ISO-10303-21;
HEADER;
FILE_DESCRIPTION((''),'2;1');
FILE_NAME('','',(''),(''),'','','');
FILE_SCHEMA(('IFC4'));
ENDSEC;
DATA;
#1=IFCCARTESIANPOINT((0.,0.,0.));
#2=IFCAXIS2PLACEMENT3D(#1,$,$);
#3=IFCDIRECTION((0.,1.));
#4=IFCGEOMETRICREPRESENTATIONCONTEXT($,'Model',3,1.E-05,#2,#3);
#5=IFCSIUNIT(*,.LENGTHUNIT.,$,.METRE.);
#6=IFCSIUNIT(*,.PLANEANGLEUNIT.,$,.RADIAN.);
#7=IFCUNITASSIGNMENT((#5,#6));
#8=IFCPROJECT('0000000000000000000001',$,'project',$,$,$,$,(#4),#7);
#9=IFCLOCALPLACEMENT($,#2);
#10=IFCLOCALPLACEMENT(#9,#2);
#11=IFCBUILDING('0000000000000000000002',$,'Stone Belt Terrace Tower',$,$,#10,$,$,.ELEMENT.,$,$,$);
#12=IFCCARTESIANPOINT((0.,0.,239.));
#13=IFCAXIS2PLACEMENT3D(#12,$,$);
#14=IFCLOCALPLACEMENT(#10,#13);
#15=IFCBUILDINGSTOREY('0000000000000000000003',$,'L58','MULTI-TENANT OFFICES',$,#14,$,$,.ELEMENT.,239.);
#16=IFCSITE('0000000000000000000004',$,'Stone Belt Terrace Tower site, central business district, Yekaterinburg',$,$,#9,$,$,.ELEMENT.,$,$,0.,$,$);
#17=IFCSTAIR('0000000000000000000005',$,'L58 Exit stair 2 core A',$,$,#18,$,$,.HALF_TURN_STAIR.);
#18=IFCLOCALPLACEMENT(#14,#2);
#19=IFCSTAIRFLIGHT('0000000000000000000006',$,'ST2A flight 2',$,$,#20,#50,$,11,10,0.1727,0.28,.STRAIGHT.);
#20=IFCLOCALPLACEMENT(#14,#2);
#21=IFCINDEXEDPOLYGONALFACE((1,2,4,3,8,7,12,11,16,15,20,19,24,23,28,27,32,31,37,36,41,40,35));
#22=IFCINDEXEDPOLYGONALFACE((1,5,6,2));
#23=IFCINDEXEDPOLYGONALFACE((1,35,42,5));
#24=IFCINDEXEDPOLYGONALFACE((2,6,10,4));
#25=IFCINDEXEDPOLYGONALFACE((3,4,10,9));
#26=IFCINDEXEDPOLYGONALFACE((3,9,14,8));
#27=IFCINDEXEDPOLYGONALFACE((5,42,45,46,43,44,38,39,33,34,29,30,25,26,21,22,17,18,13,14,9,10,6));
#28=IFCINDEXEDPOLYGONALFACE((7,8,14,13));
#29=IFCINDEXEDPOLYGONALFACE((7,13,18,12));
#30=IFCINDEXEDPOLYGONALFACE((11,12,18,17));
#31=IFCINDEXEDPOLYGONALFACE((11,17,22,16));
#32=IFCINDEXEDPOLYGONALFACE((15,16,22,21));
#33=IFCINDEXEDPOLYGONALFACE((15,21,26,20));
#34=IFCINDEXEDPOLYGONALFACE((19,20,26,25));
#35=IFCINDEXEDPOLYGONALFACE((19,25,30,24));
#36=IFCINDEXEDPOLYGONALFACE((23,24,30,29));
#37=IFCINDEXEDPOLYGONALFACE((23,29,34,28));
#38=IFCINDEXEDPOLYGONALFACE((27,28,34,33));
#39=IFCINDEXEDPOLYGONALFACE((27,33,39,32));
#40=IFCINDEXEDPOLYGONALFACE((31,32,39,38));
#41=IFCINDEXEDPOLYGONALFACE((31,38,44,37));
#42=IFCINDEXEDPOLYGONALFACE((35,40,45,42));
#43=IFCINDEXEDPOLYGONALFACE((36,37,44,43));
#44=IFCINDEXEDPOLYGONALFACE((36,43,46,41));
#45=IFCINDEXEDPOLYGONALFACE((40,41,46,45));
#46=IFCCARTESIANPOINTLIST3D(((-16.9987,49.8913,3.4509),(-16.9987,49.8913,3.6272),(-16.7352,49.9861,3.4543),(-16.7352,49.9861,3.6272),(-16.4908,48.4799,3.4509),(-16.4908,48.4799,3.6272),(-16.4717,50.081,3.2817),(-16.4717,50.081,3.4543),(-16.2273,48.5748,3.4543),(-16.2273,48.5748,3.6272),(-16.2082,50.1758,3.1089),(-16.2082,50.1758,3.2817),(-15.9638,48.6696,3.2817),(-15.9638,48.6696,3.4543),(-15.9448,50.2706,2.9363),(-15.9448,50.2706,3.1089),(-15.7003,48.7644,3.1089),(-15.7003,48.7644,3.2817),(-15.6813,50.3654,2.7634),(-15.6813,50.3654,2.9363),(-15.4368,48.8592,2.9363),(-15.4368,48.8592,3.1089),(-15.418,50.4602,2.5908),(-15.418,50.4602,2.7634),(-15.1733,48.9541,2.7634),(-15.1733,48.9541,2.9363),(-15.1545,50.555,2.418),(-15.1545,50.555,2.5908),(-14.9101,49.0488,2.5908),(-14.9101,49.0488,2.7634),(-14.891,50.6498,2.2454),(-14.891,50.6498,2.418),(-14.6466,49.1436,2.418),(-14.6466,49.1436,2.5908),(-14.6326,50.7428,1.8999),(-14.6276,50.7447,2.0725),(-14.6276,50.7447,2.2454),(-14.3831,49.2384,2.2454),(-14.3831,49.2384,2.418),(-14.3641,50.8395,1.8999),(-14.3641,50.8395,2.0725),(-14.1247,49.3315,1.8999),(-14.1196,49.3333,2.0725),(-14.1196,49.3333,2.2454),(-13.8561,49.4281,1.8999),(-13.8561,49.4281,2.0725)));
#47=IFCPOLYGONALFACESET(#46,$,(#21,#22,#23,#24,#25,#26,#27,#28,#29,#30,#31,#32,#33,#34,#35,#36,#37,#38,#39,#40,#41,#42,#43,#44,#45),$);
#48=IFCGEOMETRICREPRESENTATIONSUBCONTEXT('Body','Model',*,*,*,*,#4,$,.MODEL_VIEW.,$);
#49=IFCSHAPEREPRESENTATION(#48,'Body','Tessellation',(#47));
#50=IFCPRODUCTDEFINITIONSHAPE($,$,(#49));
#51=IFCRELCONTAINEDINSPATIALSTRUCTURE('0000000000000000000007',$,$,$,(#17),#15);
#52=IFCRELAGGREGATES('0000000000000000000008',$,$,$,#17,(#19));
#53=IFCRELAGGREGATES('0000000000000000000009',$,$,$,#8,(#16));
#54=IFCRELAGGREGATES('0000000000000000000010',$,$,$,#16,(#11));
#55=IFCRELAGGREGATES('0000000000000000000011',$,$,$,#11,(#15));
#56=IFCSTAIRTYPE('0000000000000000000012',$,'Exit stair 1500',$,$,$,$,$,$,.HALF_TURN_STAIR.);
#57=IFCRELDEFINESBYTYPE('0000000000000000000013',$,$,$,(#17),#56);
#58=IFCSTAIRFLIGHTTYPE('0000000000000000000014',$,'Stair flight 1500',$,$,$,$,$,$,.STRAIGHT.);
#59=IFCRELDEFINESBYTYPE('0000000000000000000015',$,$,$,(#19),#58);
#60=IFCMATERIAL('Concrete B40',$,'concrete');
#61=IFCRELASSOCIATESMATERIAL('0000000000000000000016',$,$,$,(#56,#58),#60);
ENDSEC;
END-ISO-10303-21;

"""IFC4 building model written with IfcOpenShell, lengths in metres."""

from ifc_helpers import new_model, si_unit, direction, frame, origin, place, context, subcontext, project, spatial, polyline, outline, extrude, material, type_object, element, aggregate, save


model = new_model("IFC4")

# Units and contexts
model_context = context("Model", 3, precision=1e-05, world=origin(), true_north=direction((0.0, 1.0)))
body_context = subcontext(model_context, "Body", "Model", "MODEL_VIEW")
ifc_project = project(units=[si_unit("LENGTHUNIT", "METRE"), si_unit("PLANEANGLEUNIT", "RADIAN")], contexts=[model_context])

# Site, building, storey
site_placement = place(None, origin())
site = spatial("IfcSite", under=ifc_project, at=site_placement, Name="Stone Belt Terrace Tower site, central business district, Yekaterinburg", CompositionType="ELEMENT", RefElevation=0.0)
building_placement = place(site_placement, origin())
building = spatial("IfcBuilding", under=site, at=building_placement, Name="Stone Belt Terrace Tower", CompositionType="ELEMENT")
storey_placement = place(building_placement, frame((0.0, 0.0, 239.0)))
storey = spatial("IfcBuildingStorey", under=building, at=storey_placement, Name="L58", Description="MULTI-TENANT OFFICES", CompositionType="ELEMENT", Elevation=239.0)

# Stair, stair flight
ifc_material_1 = material(Name="Concrete B40", Category="concrete")
stair_type = type_object("IfcStairType", Name="Exit stair 1500", PredefinedType="HALF_TURN_STAIR", material=ifc_material_1)
stair_placement = place(storey_placement, origin())
stair = element("IfcStair", 1, at=stair_placement, inside=storey, type_object=stair_type, Name="L58 Exit stair 2 core A", PredefinedType="HALF_TURN_STAIR")
stair_flight_type = type_object("IfcStairFlightType", Name="Stair flight 1500", PredefinedType="STRAIGHT", material=ifc_material_1)
stair_flight_placement = place(storey_placement, frame((-14.1101, 50.1338, 1.8999), z_axis=(0.0, 0.0, 1.0), x_axis=(-0.940922, -0.338624, 0.0)))
stair_flight = element("IfcStairFlight", 2, at=stair_flight_placement, type_object=stair_flight_type, Name="ST2A flight 2", NumberOfRisers=11, NumberOfTreads=10, PredefinedType="STRAIGHT", RiserHeight=0.1727, TreadLength=0.28, context=body_context, shape_type="SweptSolid", body=[
    extrude(outline(polyline([(0.0, 0.0), (0.0, 0.1726), (0.28, 0.1726), (0.28, 0.3455), (0.5601, 0.3455), (0.5601, 0.5181), (0.8401, 0.5181), (0.8401, 0.6909), (1.1201, 0.6909), (1.1201, 0.8635), (1.3999, 0.8635), (1.3999, 1.0364), (1.6799, 1.0364), (1.6799, 1.209), (1.96, 1.209), (1.96, 1.3818), (2.24, 1.3818), (2.24, 1.5544), (2.52, 1.5544), (2.52, 1.7273), (2.8, 1.7273), (2.8, 1.8999), (2.8, 1.551), (0.2854, 0.0), (0.0, 0.0)])), frame((0.0, 0.75, 0.0), z_axis=(0.0, -1.0, 0.0), x_axis=(1.0, 0.0, 0.0)), (0.0, 0.0, 1.0), 1.5),
])
aggregate(stair, [stair_flight])

save(model, "model.ifc")
